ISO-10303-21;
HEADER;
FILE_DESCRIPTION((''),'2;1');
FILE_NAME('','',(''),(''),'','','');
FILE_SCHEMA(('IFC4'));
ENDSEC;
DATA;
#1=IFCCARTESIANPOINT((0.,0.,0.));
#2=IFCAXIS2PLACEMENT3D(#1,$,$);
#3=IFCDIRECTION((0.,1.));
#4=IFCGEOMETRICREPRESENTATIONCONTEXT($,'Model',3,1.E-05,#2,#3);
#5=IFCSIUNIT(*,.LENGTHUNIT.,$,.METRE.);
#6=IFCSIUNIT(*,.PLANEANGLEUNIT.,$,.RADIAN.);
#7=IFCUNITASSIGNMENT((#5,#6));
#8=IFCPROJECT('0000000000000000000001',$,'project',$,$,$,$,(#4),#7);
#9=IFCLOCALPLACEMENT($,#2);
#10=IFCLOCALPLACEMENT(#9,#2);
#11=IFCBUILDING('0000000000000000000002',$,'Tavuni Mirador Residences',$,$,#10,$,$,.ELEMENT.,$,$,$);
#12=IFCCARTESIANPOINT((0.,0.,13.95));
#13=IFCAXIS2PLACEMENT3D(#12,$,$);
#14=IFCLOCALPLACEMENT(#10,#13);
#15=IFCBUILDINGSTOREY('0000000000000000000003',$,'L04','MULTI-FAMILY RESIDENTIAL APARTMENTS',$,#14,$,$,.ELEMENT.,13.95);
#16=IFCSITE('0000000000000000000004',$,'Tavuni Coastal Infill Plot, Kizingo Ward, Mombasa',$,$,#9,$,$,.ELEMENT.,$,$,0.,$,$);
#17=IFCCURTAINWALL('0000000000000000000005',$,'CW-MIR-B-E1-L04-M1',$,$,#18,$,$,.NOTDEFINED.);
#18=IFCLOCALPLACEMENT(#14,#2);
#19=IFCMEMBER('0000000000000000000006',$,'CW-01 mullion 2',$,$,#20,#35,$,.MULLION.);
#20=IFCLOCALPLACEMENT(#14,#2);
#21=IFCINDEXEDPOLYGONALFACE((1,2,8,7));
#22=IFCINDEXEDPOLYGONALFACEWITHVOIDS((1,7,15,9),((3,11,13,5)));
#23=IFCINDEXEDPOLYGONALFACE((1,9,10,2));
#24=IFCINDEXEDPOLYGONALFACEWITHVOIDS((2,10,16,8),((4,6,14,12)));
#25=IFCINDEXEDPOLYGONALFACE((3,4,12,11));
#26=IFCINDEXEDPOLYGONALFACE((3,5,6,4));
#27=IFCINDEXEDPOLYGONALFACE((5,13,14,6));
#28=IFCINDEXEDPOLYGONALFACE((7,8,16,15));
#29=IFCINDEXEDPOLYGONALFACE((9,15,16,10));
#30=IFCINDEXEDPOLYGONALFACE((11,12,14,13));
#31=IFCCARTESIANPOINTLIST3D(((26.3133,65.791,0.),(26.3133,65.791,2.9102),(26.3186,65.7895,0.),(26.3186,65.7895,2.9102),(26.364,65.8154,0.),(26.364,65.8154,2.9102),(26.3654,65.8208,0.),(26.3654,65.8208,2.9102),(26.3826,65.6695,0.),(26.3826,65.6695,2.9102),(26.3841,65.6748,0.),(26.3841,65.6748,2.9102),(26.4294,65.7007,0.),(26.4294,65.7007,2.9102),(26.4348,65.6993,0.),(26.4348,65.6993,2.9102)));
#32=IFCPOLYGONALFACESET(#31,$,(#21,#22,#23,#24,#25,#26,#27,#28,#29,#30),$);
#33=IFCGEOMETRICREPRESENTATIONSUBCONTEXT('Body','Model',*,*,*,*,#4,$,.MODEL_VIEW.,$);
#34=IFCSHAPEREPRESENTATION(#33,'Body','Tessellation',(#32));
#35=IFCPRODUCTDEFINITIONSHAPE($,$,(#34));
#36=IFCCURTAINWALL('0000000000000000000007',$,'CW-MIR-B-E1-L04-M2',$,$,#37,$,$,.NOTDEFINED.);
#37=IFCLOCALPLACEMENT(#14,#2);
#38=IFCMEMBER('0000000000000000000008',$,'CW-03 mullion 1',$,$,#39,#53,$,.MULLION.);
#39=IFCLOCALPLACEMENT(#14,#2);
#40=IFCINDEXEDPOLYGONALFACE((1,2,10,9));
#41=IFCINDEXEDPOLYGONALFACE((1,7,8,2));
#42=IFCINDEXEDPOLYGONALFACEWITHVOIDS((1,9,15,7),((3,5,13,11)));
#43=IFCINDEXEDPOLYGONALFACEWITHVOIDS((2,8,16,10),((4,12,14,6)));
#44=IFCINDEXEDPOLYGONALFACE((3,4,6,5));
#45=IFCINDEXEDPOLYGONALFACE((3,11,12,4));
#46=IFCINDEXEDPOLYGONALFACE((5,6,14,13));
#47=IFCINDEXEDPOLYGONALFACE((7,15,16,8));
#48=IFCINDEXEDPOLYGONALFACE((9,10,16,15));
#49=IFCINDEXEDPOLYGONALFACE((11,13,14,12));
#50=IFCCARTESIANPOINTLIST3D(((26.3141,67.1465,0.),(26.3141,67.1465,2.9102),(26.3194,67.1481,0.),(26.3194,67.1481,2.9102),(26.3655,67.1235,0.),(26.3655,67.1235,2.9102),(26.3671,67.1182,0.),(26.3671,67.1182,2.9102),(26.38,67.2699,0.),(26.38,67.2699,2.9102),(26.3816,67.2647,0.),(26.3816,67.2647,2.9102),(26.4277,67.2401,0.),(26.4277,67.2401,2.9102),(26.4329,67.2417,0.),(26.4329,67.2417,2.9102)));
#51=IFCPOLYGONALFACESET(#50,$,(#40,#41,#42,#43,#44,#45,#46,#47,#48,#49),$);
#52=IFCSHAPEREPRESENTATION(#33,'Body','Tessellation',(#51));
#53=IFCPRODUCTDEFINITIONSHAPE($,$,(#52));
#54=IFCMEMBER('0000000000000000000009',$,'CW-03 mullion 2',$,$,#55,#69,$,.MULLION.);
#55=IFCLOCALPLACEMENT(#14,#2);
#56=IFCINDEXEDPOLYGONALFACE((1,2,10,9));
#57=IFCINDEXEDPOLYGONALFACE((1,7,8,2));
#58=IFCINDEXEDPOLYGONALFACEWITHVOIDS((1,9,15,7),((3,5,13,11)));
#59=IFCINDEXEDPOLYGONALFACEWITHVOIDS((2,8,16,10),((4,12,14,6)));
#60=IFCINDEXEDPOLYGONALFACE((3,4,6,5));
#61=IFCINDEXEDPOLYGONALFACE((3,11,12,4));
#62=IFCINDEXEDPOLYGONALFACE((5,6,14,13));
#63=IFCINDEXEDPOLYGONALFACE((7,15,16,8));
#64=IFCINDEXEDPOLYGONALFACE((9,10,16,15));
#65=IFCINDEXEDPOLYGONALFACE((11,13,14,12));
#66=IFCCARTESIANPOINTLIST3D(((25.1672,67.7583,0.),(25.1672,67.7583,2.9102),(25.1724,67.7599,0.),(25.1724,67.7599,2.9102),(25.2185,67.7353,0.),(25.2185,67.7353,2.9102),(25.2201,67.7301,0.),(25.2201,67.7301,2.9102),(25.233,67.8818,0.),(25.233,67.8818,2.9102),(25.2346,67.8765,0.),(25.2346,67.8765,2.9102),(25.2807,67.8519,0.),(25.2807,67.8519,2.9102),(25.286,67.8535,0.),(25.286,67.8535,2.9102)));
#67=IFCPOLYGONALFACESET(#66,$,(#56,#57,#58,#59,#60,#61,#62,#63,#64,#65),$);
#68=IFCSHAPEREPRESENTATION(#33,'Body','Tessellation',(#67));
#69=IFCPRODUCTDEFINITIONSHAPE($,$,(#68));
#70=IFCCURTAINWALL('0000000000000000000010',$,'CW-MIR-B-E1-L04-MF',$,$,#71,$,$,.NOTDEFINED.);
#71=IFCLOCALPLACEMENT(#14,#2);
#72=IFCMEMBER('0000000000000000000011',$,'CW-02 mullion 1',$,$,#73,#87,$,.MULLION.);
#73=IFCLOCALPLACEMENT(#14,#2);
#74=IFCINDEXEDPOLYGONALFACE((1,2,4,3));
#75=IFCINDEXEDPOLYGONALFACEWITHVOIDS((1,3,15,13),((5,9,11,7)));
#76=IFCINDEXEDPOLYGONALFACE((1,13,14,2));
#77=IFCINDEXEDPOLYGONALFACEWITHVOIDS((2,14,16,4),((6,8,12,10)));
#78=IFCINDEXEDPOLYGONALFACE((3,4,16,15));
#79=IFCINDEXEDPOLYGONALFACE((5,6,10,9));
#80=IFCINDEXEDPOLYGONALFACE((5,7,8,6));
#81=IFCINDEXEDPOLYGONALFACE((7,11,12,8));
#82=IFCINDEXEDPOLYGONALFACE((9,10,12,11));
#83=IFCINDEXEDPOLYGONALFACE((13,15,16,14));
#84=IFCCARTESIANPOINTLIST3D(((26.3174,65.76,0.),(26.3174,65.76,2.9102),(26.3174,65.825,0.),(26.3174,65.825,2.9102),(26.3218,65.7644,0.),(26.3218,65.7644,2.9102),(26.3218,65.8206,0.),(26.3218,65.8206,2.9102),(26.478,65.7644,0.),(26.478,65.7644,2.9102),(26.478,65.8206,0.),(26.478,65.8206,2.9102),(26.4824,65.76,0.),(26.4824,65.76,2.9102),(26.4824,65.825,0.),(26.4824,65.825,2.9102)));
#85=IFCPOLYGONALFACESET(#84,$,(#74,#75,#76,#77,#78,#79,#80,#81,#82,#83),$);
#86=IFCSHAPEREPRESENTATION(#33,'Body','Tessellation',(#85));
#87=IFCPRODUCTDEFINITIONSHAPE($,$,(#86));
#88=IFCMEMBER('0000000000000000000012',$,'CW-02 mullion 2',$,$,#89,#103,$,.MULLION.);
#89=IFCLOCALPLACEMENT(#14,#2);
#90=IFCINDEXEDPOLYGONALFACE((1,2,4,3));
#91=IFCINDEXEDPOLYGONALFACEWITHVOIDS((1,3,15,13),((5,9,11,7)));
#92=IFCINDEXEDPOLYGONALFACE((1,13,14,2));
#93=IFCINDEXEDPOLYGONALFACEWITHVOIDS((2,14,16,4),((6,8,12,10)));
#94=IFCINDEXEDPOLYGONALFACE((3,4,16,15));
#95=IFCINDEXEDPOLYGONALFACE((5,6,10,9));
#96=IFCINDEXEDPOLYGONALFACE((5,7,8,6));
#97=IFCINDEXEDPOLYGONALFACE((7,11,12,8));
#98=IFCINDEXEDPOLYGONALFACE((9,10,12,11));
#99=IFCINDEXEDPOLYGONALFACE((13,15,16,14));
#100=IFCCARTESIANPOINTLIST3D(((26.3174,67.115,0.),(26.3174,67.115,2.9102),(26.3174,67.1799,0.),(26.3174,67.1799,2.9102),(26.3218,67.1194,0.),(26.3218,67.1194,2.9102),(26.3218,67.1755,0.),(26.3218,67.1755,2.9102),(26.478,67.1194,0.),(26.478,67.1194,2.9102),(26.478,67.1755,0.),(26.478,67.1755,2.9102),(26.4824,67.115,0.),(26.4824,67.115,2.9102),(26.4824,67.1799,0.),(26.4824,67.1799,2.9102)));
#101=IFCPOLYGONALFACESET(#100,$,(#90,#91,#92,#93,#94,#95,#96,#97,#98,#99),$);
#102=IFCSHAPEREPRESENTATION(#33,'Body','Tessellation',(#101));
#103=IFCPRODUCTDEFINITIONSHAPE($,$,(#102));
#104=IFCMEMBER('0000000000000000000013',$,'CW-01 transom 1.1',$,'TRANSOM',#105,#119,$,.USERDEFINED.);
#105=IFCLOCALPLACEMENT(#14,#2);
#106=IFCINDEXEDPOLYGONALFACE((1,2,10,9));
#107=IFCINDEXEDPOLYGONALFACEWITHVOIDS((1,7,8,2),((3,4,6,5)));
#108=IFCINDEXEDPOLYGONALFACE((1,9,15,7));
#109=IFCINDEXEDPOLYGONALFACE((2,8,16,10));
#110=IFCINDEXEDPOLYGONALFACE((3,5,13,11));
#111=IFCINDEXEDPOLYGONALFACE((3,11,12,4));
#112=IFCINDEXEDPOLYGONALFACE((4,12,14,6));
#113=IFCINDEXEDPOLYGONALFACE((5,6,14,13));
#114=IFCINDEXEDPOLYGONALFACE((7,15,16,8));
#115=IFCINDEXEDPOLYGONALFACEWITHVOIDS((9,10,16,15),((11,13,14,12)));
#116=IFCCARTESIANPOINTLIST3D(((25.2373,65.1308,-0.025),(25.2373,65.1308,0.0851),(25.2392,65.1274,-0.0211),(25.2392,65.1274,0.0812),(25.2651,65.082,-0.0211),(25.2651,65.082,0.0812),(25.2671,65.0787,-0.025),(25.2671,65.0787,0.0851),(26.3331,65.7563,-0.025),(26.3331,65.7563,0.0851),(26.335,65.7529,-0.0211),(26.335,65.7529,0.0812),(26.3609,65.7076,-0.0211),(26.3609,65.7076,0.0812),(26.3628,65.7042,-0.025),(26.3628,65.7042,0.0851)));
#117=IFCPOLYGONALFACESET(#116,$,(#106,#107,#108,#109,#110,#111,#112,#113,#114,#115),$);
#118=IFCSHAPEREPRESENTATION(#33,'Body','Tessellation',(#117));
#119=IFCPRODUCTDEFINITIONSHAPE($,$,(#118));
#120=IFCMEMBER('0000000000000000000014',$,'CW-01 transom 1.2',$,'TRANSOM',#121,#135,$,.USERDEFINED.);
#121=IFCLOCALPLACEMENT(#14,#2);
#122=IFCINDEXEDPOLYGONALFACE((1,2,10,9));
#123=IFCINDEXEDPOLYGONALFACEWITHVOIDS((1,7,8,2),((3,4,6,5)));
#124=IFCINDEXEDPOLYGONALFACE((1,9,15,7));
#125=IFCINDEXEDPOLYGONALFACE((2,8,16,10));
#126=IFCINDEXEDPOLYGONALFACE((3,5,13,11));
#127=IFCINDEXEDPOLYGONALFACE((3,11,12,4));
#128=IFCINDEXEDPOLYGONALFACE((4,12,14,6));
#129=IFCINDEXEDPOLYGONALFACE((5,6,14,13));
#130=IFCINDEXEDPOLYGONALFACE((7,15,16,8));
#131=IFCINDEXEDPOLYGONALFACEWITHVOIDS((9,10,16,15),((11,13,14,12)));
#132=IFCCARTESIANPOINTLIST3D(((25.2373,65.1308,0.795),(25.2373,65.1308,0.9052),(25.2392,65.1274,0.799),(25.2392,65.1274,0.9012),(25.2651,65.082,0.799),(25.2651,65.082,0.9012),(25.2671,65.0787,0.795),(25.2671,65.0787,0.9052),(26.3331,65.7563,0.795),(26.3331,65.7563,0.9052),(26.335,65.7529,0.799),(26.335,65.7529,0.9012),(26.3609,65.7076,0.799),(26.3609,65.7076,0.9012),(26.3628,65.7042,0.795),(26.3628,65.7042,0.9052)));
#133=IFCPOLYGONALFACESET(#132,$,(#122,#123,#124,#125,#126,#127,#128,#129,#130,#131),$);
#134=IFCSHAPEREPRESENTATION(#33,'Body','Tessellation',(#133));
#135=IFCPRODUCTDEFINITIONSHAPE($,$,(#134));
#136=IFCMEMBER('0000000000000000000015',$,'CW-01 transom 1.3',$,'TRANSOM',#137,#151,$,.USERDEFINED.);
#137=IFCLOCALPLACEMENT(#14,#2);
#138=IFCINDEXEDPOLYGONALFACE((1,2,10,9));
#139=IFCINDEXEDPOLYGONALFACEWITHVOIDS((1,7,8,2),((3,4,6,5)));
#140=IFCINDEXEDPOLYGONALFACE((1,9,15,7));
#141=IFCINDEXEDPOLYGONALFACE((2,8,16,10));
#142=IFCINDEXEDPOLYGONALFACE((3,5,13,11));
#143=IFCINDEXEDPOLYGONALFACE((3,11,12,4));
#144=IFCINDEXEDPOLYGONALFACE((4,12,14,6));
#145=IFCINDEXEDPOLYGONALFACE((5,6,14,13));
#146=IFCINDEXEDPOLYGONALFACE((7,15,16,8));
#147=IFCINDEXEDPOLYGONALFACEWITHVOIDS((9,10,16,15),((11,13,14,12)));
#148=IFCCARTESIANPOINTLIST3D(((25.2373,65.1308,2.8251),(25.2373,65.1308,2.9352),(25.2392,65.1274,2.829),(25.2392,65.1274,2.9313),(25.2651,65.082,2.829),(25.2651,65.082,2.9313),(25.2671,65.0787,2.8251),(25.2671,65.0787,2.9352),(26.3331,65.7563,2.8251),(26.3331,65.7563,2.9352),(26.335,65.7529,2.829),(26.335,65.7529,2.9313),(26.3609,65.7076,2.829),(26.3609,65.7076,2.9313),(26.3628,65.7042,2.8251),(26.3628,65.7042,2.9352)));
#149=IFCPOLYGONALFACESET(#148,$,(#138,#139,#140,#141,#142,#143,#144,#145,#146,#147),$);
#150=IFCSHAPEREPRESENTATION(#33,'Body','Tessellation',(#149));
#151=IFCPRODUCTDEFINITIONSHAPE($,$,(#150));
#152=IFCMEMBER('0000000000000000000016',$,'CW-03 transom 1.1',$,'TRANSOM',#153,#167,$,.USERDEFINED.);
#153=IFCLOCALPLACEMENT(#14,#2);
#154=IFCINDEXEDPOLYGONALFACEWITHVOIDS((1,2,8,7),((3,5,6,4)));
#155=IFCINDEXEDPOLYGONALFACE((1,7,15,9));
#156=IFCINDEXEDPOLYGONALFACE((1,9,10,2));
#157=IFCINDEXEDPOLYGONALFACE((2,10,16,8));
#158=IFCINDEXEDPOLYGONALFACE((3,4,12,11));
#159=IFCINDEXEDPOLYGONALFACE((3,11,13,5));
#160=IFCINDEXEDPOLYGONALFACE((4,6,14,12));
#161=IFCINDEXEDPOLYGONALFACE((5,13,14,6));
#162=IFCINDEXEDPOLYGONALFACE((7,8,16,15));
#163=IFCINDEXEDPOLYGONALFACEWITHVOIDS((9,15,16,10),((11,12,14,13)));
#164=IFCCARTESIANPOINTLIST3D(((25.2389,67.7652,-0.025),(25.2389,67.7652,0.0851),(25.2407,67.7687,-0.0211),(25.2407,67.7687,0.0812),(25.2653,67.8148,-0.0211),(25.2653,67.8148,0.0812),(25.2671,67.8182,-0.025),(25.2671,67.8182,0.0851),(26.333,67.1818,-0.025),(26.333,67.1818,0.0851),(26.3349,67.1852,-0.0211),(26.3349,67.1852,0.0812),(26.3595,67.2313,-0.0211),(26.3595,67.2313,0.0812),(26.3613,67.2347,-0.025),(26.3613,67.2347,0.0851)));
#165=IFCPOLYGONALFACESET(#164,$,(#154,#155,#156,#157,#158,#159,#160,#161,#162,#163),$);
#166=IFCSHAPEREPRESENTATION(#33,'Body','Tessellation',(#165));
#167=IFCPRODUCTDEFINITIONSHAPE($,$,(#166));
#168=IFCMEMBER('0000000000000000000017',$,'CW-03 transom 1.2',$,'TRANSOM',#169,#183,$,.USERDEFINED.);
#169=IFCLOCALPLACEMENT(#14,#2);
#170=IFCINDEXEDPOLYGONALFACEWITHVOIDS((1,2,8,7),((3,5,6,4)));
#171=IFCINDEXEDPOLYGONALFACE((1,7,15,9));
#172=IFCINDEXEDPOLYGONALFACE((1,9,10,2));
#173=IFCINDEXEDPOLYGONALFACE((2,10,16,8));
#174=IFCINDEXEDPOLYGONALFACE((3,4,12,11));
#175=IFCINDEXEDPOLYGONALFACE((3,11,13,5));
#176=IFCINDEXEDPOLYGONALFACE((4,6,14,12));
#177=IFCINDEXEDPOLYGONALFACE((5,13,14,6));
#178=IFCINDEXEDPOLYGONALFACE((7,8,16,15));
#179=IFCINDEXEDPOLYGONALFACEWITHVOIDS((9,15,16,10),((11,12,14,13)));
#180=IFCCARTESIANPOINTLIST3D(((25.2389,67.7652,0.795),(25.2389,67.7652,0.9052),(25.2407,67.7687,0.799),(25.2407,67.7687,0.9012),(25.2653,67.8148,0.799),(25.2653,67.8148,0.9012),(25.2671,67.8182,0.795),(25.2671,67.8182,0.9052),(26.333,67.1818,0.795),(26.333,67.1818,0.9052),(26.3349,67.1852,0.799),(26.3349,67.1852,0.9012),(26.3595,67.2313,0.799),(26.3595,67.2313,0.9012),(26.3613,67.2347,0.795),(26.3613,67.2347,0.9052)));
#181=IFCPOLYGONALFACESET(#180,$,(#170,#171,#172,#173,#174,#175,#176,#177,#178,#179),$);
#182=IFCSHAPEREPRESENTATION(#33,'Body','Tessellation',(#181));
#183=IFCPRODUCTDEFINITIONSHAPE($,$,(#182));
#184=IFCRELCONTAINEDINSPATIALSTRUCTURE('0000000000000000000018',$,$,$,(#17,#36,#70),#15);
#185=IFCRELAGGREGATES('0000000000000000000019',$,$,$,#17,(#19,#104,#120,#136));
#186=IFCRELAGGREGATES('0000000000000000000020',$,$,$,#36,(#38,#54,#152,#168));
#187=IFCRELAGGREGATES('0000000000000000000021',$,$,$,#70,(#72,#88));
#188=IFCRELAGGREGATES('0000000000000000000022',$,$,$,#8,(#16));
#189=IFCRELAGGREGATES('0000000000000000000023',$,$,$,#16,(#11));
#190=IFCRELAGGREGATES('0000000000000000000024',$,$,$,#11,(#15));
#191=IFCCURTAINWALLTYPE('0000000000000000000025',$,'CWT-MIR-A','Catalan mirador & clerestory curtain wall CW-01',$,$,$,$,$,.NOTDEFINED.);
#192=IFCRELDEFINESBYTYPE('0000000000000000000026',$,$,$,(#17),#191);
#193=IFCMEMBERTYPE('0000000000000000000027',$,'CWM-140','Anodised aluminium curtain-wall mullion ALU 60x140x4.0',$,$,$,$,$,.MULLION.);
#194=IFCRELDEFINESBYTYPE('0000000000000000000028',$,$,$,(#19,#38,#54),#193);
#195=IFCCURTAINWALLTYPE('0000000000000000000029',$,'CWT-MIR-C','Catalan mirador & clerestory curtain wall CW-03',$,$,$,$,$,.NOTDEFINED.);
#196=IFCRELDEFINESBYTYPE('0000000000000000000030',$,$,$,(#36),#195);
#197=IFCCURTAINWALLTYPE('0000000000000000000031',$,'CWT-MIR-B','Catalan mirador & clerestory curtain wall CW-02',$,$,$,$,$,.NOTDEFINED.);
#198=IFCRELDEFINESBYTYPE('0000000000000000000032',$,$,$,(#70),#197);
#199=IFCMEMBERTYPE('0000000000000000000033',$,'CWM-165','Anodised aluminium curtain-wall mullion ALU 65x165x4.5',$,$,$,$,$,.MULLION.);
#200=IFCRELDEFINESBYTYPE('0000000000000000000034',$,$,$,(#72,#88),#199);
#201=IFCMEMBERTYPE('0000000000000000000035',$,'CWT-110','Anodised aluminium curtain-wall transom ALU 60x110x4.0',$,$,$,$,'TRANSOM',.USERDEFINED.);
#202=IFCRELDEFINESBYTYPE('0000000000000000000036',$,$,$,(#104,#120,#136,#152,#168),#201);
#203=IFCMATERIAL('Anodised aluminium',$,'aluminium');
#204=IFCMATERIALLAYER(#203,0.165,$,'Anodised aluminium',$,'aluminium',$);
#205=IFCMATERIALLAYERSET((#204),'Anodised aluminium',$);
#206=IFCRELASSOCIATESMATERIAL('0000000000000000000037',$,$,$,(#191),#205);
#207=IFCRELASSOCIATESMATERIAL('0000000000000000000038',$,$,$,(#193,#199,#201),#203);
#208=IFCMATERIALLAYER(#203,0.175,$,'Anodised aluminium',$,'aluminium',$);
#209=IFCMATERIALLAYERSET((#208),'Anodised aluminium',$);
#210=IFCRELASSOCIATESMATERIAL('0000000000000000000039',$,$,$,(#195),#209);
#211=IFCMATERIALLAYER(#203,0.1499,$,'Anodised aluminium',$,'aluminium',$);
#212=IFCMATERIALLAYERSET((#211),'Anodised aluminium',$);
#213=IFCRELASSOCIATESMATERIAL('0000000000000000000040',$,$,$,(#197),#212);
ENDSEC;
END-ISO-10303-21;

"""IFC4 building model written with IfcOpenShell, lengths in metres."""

from ifc_helpers import new_model, si_unit, direction, frame, origin, origin_2d, place, context, subcontext, project, spatial, hollow_rectangle, extrude, material, layer, layer_set, material_profile, profile_set, type_object, element, aggregate, save


model = new_model("IFC4")

# Units and contexts
model_context = context("Model", 3, precision=1e-05, world=origin(), true_north=direction((0.0, 1.0)))
body_context = subcontext(model_context, "Body", "Model", "MODEL_VIEW")
ifc_project = project(units=[si_unit("LENGTHUNIT", "METRE"), si_unit("PLANEANGLEUNIT", "RADIAN")], contexts=[model_context])

# Site, building, storey
site_placement = place(None, origin())
site = spatial("IfcSite", under=ifc_project, at=site_placement, Name="Tavuni Coastal Infill Plot, Kizingo Ward, Mombasa", CompositionType="ELEMENT", RefElevation=0.0)
building_placement = place(site_placement, origin())
building = spatial("IfcBuilding", under=site, at=building_placement, Name="Tavuni Mirador Residences", CompositionType="ELEMENT")
storey_placement = place(building_placement, frame((0.0, 0.0, 13.95)))
storey = spatial("IfcBuildingStorey", under=building, at=storey_placement, Name="L04", Description="MULTI-FAMILY RESIDENTIAL APARTMENTS", CompositionType="ELEMENT", Elevation=13.95)

# Curtain wall, member
ifc_material_1 = material(Name="Anodised aluminium", Category="aluminium")
ifc_layer_1 = layer(ifc_material_1, 0.165, Name="Anodised aluminium", Category="aluminium")
ifc_layer_set_1 = layer_set([ifc_layer_1], Name="Anodised aluminium")
curtain_wall_type_1 = type_object("IfcCurtainWallType", Name="CWT-MIR-A", Description="Catalan mirador & clerestory curtain wall CW-01", PredefinedType="NOTDEFINED", material=ifc_layer_set_1)
curtain_wall_1_placement = place(storey_placement, origin())
curtain_wall_1 = element("IfcCurtainWall", 1, at=curtain_wall_1_placement, inside=storey, type_object=curtain_wall_type_1, Name="CW-MIR-B-E1-L04-M1", PredefinedType="NOTDEFINED")
ifc_material_profile_1 = material_profile(ifc_material_1, hollow_rectangle(XDim=0.0601, YDim=0.1399, WallThickness=0.0039, at=origin_2d()), Name="ALU 60x140x4.0", Category="aluminium")
ifc_profile_set_1 = profile_set([ifc_material_profile_1], Name="Anodised aluminium")
member_type_1 = type_object("IfcMemberType", Name="CWM-140", Description="Anodised aluminium curtain-wall mullion ALU 60x140x4.0", PredefinedType="MULLION", material=ifc_profile_set_1)
member_1_placement = place(storey_placement, frame((26.374, 65.7451, 0.0), z_axis=(0.0, 0.0, 1.0), x_axis=(0.868466, 0.495749, 0.0)))
member_1 = element("IfcMember", 2, at=member_1_placement, type_object=member_type_1, Name="CW-01 mullion 2", PredefinedType="MULLION", context=body_context, shape_type="SweptSolid", body=[
    extrude(hollow_rectangle(XDim=0.0601, YDim=0.1399, WallThickness=0.0039, at=origin_2d()), origin(), (0.0, 0.0, 1.0), 2.9102),
])

# Curtain walls, members
ifc_layer_2 = layer(ifc_material_1, 0.175, Name="Anodised aluminium", Category="aluminium")
ifc_layer_set_2 = layer_set([ifc_layer_2], Name="Anodised aluminium")
curtain_wall_type_2 = type_object("IfcCurtainWallType", Name="CWT-MIR-C", Description="Catalan mirador & clerestory curtain wall CW-03", PredefinedType="NOTDEFINED", material=ifc_layer_set_2)
curtain_wall_2_placement = place(storey_placement, origin())
curtain_wall_2 = element("IfcCurtainWall", 3, at=curtain_wall_2_placement, inside=storey, type_object=curtain_wall_type_2, Name="CW-MIR-B-E1-L04-M2", PredefinedType="NOTDEFINED")
member_2_placement = place(storey_placement, frame((26.3735, 67.1941, 0.0), z_axis=(0.0, 0.0, 1.0), x_axis=(-0.882353, 0.470588, 0.0)))
member_2 = element("IfcMember", 4, at=member_2_placement, type_object=member_type_1, Name="CW-03 mullion 1", PredefinedType="MULLION", context=body_context, shape_type="SweptSolid", body=[
    extrude(hollow_rectangle(XDim=0.0601, YDim=0.1399, WallThickness=0.0039, at=origin_2d()), origin(), (0.0, 0.0, 1.0), 2.9102),
])
member_3_placement = place(storey_placement, frame((25.2266, 67.8059, 0.0), z_axis=(0.0, 0.0, 1.0), x_axis=(-0.882353, 0.470588, 0.0)))
member_3 = element("IfcMember", 5, at=member_3_placement, type_object=member_type_1, Name="CW-03 mullion 2", PredefinedType="MULLION", context=body_context, shape_type="SweptSolid", body=[
    extrude(hollow_rectangle(XDim=0.0601, YDim=0.1399, WallThickness=0.0039, at=origin_2d()), origin(), (0.0, 0.0, 1.0), 2.9102),
])
ifc_layer_3 = layer(ifc_material_1, 0.1499, Name="Anodised aluminium", Category="aluminium")
ifc_layer_set_3 = layer_set([ifc_layer_3], Name="Anodised aluminium")
curtain_wall_type_3 = type_object("IfcCurtainWallType", Name="CWT-MIR-B", Description="Catalan mirador & clerestory curtain wall CW-02", PredefinedType="NOTDEFINED", material=ifc_layer_set_3)
curtain_wall_3_placement = place(storey_placement, origin())
curtain_wall_3 = element("IfcCurtainWall", 6, at=curtain_wall_3_placement, inside=storey, type_object=curtain_wall_type_3, Name="CW-MIR-B-E1-L04-MF", PredefinedType="NOTDEFINED")
ifc_material_profile_2 = material_profile(ifc_material_1, hollow_rectangle(XDim=0.0649, YDim=0.165, WallThickness=0.0044, at=origin_2d()), Name="ALU 65x165x4.5", Category="aluminium")
ifc_profile_set_2 = profile_set([ifc_material_profile_2], Name="Anodised aluminium")
member_type_2 = type_object("IfcMemberType", Name="CWM-165", Description="Anodised aluminium curtain-wall mullion ALU 65x165x4.5", PredefinedType="MULLION", material=ifc_profile_set_2)
member_4_placement = place(storey_placement, frame((26.3999, 65.7925, 0.0), z_axis=(0.0, 0.0, 1.0), x_axis=(0.0, 1.0, 0.0)))
member_4 = element("IfcMember", 7, at=member_4_placement, type_object=member_type_2, Name="CW-02 mullion 1", PredefinedType="MULLION", context=body_context, shape_type="SweptSolid", body=[
    extrude(hollow_rectangle(XDim=0.0649, YDim=0.165, WallThickness=0.0044, at=origin_2d()), origin(), (0.0, 0.0, 1.0), 2.9102),
])
member_5_placement = place(storey_placement, frame((26.3999, 67.1475, 0.0), z_axis=(0.0, 0.0, 1.0), x_axis=(0.0, 1.0, 0.0)))
member_5 = element("IfcMember", 8, at=member_5_placement, type_object=member_type_2, Name="CW-02 mullion 2", PredefinedType="MULLION", context=body_context, shape_type="SweptSolid", body=[
    extrude(hollow_rectangle(XDim=0.0649, YDim=0.165, WallThickness=0.0044, at=origin_2d()), origin(), (0.0, 0.0, 1.0), 2.9102),
])

# Members
ifc_material_profile_3 = material_profile(ifc_material_1, hollow_rectangle(XDim=0.0601, YDim=0.1101, WallThickness=0.0039, at=origin_2d()), Name="ALU 60x110x4.0", Category="aluminium")
ifc_profile_set_3 = profile_set([ifc_material_profile_3], Name="Anodised aluminium")
member_type_3 = type_object("IfcMemberType", Name="CWT-110", Description="Anodised aluminium curtain-wall transom ALU 60x110x4.0", ElementType="TRANSOM", PredefinedType="USERDEFINED", material=ifc_profile_set_3)
member_6_placement = place(storey_placement, frame((25.2522, 65.1047, 0.03), z_axis=(0.868457, 0.495764, 0.0), x_axis=(-0.495764, 0.868457, 0.0)))
member_6 = element("IfcMember", 9, at=member_6_placement, type_object=member_type_3, Name="CW-01 transom 1.1", ObjectType="TRANSOM", PredefinedType="USERDEFINED", context=body_context, shape_type="SweptSolid", body=[
    extrude(hollow_rectangle(XDim=0.0601, YDim=0.1101, WallThickness=0.0039, at=origin_2d()), origin(), (0.0, 0.0, 1.0), 1.2617),
])
member_7_placement = place(storey_placement, frame((25.2522, 65.1047, 0.8501), z_axis=(0.868457, 0.495764, 0.0), x_axis=(-0.495764, 0.868457, 0.0)))
member_7 = element("IfcMember", 10, at=member_7_placement, type_object=member_type_3, Name="CW-01 transom 1.2", ObjectType="TRANSOM", PredefinedType="USERDEFINED", context=body_context, shape_type="SweptSolid", body=[
    extrude(hollow_rectangle(XDim=0.0601, YDim=0.1101, WallThickness=0.0039, at=origin_2d()), origin(), (0.0, 0.0, 1.0), 1.2617),
])
member_8_placement = place(storey_placement, frame((25.2522, 65.1047, 2.8801), z_axis=(0.868457, 0.495764, 0.0), x_axis=(-0.495764, 0.868457, 0.0)))
member_8 = element("IfcMember", 11, at=member_8_placement, type_object=member_type_3, Name="CW-01 transom 1.3", ObjectType="TRANSOM", PredefinedType="USERDEFINED", context=body_context, shape_type="SweptSolid", body=[
    extrude(hollow_rectangle(XDim=0.0601, YDim=0.1101, WallThickness=0.0039, at=origin_2d()), origin(), (0.0, 0.0, 1.0), 1.2617),
])
member_9_placement = place(storey_placement, frame((26.3472, 67.2083, 0.03), z_axis=(-0.882386, 0.470527, 0.0), x_axis=(-0.470527, -0.882386, 0.0)))
member_9 = element("IfcMember", 12, at=member_9_placement, type_object=member_type_3, Name="CW-03 transom 1.1", ObjectType="TRANSOM", PredefinedType="USERDEFINED", context=body_context, shape_type="SweptSolid", body=[
    extrude(hollow_rectangle(XDim=0.0601, YDim=0.1101, WallThickness=0.0039, at=origin_2d()), origin(), (0.0, 0.0, 1.0), 1.24),
])
member_10_placement = place(storey_placement, frame((26.3472, 67.2083, 0.8501), z_axis=(-0.882386, 0.470527, 0.0), x_axis=(-0.470527, -0.882386, 0.0)))
member_10 = element("IfcMember", 13, at=member_10_placement, type_object=member_type_3, Name="CW-03 transom 1.2", ObjectType="TRANSOM", PredefinedType="USERDEFINED", context=body_context, shape_type="SweptSolid", body=[
    extrude(hollow_rectangle(XDim=0.0601, YDim=0.1101, WallThickness=0.0039, at=origin_2d()), origin(), (0.0, 0.0, 1.0), 1.24),
])

aggregate(curtain_wall_1, [member_1, member_6, member_7, member_8])
aggregate(curtain_wall_2, [member_2, member_3, member_9, member_10])
aggregate(curtain_wall_3, [member_4, member_5])

save(model, "model.ifc")
